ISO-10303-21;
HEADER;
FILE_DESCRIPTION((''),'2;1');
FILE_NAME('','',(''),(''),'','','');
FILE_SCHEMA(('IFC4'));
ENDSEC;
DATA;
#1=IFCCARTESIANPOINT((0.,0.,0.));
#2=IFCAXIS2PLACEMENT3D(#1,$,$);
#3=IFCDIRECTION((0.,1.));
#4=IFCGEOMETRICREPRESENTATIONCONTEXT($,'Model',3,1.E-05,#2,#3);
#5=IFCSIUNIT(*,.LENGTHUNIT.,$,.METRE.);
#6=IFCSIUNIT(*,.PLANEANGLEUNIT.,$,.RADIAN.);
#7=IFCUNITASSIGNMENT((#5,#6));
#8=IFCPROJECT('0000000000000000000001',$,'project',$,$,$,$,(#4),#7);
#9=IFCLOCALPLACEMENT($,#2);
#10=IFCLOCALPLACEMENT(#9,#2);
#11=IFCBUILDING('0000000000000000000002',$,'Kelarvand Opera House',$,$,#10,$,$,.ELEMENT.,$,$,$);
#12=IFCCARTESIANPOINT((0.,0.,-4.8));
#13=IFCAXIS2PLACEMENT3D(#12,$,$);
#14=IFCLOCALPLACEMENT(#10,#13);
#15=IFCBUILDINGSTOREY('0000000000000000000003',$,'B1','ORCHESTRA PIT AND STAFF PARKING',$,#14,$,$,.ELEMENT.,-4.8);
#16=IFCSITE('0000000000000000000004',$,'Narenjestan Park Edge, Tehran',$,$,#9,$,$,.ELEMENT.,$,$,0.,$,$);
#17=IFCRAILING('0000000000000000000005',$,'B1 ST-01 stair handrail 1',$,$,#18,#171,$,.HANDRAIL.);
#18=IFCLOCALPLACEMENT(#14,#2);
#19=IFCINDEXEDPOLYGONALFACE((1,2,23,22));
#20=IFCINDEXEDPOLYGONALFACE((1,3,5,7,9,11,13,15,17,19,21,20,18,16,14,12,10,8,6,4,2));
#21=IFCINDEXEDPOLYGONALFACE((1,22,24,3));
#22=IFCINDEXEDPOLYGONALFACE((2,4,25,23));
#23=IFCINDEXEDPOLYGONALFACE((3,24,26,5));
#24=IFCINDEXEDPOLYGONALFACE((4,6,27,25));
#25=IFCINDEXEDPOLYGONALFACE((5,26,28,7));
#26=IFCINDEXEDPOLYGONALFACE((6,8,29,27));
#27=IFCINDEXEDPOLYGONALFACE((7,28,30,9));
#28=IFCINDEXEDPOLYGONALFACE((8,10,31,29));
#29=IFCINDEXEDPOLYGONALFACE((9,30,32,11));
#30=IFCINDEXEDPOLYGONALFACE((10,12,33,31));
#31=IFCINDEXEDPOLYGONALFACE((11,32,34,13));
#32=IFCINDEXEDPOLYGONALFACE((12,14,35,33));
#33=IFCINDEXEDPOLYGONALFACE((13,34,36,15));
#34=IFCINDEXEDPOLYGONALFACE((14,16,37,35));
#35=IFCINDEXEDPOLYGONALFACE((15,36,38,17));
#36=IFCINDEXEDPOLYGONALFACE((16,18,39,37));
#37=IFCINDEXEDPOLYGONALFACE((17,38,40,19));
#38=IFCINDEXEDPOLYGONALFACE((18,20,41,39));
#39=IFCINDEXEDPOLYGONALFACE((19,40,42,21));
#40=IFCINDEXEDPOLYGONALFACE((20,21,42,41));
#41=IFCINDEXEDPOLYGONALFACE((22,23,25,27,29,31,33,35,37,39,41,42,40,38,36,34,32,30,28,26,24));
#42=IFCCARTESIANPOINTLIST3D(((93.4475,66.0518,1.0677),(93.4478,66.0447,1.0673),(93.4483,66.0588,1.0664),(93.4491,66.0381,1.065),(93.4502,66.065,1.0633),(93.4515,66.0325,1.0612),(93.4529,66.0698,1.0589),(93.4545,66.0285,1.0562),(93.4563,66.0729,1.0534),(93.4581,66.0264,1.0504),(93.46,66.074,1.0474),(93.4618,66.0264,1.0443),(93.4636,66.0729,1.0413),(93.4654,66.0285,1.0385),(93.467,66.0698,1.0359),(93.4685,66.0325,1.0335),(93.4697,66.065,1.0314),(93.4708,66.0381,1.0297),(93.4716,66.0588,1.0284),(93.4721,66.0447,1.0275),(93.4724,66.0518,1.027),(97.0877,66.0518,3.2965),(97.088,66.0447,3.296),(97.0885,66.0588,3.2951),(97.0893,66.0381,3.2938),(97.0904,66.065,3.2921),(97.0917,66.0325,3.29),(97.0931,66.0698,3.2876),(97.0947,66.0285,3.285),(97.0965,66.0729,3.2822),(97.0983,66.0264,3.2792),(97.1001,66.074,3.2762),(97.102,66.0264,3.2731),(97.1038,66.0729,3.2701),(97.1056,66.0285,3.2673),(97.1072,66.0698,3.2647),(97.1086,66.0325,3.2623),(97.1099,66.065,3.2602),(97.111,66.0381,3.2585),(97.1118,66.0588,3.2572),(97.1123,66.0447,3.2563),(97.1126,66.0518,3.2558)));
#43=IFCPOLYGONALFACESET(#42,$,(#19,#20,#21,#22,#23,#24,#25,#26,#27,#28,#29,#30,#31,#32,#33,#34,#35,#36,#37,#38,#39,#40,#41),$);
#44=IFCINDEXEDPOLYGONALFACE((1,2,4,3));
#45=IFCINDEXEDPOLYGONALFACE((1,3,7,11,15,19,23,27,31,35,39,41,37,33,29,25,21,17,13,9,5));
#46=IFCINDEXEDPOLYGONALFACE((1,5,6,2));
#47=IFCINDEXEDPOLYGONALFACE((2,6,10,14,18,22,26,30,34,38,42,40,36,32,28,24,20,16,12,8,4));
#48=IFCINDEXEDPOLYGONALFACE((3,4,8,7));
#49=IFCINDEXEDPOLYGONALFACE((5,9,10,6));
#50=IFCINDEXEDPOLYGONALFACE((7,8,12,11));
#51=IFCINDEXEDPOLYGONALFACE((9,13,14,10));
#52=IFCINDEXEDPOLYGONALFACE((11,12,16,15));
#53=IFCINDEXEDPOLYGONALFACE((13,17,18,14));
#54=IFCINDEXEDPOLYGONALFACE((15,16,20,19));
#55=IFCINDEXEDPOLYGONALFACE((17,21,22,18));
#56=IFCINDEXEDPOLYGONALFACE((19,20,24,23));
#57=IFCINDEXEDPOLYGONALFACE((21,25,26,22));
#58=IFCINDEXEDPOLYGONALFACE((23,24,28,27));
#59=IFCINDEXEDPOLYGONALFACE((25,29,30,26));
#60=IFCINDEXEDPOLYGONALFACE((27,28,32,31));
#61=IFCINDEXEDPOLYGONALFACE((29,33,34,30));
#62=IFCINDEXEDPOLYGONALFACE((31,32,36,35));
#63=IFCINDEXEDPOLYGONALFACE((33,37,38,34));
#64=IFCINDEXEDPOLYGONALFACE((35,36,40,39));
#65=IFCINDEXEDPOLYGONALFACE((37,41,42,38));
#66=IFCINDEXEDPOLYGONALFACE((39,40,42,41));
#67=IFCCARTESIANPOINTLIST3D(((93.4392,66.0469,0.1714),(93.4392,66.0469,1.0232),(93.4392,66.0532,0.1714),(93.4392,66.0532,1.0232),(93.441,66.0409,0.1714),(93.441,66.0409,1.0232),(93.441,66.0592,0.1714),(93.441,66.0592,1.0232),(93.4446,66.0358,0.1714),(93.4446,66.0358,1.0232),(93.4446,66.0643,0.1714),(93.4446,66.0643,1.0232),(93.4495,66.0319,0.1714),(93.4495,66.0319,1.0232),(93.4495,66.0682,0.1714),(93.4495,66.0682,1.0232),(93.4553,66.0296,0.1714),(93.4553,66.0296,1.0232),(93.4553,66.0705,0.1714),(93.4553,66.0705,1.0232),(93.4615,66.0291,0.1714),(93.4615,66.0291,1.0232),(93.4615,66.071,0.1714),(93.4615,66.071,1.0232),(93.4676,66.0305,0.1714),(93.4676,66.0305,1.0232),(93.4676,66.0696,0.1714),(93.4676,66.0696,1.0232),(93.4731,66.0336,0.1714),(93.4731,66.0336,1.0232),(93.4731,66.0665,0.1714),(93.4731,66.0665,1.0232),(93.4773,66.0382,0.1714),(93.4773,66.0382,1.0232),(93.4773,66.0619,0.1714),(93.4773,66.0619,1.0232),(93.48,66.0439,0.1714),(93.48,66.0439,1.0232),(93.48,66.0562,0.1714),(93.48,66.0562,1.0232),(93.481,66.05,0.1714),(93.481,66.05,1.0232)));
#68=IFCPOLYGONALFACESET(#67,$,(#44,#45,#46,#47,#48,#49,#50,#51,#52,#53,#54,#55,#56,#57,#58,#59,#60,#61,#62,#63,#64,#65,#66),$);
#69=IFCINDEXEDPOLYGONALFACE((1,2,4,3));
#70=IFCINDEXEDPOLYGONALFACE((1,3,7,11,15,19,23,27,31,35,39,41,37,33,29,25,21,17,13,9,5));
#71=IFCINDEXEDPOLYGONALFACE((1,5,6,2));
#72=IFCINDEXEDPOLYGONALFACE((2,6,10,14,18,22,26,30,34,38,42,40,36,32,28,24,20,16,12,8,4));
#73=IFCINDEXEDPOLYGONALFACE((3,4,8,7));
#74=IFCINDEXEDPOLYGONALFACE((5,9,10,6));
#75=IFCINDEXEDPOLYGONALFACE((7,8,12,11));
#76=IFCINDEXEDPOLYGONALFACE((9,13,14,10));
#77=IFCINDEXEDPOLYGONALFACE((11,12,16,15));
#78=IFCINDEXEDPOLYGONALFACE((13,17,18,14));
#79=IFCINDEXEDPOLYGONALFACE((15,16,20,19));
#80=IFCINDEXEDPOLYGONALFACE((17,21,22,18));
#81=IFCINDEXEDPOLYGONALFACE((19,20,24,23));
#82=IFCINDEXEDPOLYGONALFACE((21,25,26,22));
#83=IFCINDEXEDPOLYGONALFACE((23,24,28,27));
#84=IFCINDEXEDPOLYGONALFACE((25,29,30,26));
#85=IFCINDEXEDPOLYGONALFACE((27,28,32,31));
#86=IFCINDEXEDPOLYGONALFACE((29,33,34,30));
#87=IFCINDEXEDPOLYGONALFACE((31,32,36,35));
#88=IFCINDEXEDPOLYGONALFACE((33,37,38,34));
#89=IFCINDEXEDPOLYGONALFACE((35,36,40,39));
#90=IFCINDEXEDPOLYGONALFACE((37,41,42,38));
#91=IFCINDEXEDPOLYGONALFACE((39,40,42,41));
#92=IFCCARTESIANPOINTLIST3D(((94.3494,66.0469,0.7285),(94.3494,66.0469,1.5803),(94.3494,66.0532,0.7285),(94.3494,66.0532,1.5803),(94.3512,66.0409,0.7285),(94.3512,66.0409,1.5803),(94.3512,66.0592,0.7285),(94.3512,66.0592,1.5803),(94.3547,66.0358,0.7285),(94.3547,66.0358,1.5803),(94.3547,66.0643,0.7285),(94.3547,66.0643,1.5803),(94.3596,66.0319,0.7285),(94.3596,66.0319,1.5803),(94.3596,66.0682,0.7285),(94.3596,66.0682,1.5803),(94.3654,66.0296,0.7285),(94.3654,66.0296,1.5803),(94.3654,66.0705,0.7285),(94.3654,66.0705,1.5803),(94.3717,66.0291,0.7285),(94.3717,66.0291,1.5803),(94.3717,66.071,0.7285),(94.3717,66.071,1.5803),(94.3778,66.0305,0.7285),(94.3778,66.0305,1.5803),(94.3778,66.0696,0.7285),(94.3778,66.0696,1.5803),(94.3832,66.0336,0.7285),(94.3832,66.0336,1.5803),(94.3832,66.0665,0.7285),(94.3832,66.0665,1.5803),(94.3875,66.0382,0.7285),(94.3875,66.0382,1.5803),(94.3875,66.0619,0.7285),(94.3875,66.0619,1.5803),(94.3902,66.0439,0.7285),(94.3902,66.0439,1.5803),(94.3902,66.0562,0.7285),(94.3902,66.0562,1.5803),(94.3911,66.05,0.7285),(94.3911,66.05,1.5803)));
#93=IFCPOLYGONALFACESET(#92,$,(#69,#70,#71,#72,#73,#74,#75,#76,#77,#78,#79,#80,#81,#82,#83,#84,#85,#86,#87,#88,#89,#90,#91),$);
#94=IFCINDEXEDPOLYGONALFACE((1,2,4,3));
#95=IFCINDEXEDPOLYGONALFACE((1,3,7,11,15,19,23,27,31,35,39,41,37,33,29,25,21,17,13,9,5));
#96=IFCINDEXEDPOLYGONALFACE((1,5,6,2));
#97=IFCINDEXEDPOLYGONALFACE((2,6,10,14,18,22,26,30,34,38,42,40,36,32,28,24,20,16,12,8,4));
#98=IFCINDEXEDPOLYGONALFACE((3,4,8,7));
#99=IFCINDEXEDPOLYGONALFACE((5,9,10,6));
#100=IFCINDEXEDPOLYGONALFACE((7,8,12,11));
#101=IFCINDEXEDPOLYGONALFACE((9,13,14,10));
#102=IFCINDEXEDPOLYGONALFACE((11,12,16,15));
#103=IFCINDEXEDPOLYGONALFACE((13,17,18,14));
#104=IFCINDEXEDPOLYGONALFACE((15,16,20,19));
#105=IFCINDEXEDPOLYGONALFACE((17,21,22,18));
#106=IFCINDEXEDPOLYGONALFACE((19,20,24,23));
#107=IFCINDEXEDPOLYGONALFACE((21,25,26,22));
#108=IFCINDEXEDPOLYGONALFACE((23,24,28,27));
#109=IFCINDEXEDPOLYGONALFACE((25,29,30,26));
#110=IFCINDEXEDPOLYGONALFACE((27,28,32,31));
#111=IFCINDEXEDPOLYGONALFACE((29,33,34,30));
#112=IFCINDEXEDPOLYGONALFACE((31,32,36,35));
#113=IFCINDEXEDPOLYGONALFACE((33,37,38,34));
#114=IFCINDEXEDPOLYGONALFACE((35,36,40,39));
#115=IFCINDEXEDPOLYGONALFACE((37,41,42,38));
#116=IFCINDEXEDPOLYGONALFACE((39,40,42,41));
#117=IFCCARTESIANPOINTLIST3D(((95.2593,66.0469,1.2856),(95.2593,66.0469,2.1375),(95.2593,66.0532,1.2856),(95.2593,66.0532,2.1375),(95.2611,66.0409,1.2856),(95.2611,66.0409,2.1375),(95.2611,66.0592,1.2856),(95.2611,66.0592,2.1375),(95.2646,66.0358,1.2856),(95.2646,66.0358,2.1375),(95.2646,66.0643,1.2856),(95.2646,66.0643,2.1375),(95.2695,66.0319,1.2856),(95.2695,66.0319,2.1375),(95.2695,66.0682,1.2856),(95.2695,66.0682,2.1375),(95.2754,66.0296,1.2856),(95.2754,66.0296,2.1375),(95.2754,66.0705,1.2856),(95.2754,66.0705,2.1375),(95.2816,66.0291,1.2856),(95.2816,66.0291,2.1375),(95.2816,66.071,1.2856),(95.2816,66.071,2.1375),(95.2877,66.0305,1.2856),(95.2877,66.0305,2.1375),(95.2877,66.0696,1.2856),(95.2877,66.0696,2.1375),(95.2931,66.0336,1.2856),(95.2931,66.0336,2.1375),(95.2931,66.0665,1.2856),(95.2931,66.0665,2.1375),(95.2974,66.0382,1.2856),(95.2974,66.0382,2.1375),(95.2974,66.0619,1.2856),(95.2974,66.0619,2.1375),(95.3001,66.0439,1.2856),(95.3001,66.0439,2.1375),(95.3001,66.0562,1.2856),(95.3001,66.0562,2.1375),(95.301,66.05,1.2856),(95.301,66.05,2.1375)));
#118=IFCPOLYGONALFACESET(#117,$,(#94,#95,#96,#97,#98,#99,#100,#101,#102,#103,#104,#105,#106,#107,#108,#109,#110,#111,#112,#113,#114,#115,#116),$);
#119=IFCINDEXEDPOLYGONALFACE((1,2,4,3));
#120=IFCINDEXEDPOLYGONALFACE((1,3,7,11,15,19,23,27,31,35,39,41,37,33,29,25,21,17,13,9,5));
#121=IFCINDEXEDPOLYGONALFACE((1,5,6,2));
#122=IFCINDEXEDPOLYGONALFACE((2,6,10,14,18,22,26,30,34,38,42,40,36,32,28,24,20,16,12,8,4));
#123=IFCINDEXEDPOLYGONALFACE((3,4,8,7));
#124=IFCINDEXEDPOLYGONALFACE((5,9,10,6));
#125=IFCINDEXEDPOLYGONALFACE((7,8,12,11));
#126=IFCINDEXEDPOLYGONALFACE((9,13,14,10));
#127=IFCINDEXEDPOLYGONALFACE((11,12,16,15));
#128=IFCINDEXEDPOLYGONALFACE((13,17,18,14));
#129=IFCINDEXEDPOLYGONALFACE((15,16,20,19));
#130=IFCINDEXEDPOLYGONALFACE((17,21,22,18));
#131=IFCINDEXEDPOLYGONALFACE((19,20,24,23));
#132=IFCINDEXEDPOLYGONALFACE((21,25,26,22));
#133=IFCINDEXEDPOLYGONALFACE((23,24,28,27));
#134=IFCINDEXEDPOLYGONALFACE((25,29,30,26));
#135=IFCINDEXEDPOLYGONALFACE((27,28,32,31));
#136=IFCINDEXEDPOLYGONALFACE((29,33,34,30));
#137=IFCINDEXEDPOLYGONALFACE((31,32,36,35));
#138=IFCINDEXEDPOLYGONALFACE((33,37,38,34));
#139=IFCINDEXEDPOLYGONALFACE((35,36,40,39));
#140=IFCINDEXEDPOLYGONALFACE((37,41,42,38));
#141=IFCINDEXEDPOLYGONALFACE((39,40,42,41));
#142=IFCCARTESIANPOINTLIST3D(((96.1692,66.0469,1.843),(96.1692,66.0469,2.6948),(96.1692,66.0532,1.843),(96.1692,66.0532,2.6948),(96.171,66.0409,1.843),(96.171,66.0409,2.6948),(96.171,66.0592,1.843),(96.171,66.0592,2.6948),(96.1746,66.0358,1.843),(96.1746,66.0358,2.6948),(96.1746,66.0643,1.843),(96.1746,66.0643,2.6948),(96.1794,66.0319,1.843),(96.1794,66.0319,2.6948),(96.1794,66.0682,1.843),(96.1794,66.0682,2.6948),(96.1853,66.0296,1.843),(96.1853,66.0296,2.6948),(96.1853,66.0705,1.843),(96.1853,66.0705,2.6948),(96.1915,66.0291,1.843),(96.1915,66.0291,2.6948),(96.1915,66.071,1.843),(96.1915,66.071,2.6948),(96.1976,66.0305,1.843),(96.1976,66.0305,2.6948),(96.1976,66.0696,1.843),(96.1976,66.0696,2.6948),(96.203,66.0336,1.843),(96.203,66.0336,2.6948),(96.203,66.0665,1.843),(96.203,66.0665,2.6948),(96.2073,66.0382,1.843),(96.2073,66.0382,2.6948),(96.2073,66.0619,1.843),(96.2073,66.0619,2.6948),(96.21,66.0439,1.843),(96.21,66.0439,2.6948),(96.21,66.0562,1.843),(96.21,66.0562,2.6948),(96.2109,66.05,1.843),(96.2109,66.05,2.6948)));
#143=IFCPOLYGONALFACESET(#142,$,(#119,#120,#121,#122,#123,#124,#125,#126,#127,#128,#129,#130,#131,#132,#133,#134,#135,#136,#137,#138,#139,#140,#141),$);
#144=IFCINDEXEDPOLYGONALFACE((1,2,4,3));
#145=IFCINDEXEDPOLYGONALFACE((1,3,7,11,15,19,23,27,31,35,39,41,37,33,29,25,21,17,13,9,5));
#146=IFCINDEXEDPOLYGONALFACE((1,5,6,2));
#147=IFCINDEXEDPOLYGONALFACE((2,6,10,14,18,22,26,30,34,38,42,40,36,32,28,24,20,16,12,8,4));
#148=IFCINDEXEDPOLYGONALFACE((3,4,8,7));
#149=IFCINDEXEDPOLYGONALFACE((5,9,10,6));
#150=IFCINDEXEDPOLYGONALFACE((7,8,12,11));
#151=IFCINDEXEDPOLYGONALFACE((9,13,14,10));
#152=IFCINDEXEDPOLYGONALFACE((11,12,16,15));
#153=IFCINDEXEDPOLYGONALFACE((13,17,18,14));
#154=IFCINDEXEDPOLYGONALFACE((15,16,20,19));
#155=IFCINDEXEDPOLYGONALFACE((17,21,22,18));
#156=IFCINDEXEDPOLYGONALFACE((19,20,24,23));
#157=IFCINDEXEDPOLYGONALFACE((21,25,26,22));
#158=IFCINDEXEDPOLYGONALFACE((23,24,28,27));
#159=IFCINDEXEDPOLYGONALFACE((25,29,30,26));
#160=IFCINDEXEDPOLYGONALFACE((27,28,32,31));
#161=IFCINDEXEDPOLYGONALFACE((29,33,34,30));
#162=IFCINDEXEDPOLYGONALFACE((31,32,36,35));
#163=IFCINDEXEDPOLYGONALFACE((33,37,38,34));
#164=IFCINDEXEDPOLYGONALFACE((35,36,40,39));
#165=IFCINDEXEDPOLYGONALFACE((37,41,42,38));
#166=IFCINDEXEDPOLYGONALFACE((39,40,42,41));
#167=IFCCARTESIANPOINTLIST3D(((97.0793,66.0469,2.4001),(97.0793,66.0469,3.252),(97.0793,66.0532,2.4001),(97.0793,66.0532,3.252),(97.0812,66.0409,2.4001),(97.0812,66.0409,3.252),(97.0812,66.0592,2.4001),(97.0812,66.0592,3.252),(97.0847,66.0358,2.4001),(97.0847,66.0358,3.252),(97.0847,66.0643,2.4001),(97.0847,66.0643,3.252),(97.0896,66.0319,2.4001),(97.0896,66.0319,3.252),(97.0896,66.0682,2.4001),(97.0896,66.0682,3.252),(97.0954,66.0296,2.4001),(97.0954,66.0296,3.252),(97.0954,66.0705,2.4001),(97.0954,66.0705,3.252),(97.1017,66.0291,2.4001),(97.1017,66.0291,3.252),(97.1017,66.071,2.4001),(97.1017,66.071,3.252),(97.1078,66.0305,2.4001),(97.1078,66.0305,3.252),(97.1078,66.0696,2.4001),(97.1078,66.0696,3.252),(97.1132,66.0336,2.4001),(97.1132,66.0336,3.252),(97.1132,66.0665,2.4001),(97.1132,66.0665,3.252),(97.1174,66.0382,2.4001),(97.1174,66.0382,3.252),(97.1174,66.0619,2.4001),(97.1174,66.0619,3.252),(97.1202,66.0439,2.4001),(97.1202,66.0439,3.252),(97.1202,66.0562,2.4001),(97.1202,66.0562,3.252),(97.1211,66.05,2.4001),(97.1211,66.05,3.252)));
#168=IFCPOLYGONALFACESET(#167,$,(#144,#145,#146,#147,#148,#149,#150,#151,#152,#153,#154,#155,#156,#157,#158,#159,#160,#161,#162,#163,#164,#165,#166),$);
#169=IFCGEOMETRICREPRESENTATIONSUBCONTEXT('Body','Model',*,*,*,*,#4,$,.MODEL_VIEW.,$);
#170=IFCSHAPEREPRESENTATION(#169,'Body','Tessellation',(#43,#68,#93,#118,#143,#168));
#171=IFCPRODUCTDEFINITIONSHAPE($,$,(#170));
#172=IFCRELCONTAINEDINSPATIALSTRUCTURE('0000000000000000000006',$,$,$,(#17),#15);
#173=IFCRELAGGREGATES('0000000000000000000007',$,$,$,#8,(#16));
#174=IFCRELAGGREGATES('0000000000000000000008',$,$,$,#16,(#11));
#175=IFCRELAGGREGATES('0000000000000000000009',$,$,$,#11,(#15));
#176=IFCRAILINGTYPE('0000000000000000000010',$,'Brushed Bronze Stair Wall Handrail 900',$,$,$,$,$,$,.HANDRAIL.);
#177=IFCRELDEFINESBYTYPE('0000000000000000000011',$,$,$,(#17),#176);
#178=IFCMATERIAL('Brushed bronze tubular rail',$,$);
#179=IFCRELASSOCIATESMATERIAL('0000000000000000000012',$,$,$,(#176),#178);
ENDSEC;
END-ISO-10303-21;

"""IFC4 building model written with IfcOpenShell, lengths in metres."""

from ifc_helpers import new_model, si_unit, direction, frame, origin, origin_2d, place, context, subcontext, project, spatial, circle, extrude, material, type_object, element, save


model = new_model("IFC4")

# Units and contexts
model_context = context("Model", 3, precision=1e-05, world=origin(), true_north=direction((0.0, 1.0)))
body_context = subcontext(model_context, "Body", "Model", "MODEL_VIEW")
ifc_project = project(units=[si_unit("LENGTHUNIT", "METRE"), si_unit("PLANEANGLEUNIT", "RADIAN")], contexts=[model_context])

# Site, building, storey
site_placement = place(None, origin())
site = spatial("IfcSite", under=ifc_project, at=site_placement, Name="Narenjestan Park Edge, Tehran", CompositionType="ELEMENT", RefElevation=0.0)
building_placement = place(site_placement, origin())
building = spatial("IfcBuilding", under=site, at=building_placement, Name="Kelarvand Opera House", CompositionType="ELEMENT")
storey_placement = place(building_placement, frame((0.0, 0.0, -4.8)))
storey = spatial("IfcBuildingStorey", under=building, at=storey_placement, Name="B1", Description="ORCHESTRA PIT AND STAFF PARKING", CompositionType="ELEMENT", Elevation=-4.8)

# Railing
ifc_material_1 = material(Name="Brushed bronze tubular rail")
railing_type_1 = type_object("IfcRailingType", Name="Brushed Bronze Stair Wall Handrail 900", PredefinedType="HANDRAIL", material=ifc_material_1)
railing_1_placement = place(storey_placement, frame((93.46, 66.05, 0.1714)))
element("IfcRailing", 1, at=railing_1_placement, inside=storey, type_object=railing_type_1, Name="B1 ST-01 stair handrail 1", PredefinedType="HANDRAIL", context=body_context, shape_type="SweptSolid", body=[
    extrude(circle(Radius=0.0239, at=origin_2d()), frame((0.0, 0.0, 0.876), z_axis=(0.85284, 0.0, 0.522172), x_axis=(0.0, 1.0, 0.0)), (0.0, 0.0, 1.0), 4.2683),
    extrude(circle(Radius=0.021, at=origin_2d()), origin(), (0.0, 0.0, 1.0), 0.8518),
    extrude(circle(Radius=0.021, at=origin_2d()), frame((0.9102, 0.0, 0.5571)), (0.0, 0.0, 1.0), 0.8518),
    extrude(circle(Radius=0.021, at=origin_2d()), frame((1.8201, 0.0, 1.1143)), (0.0, 0.0, 1.0), 0.8518),
    extrude(circle(Radius=0.021, at=origin_2d()), frame((2.73, 0.0, 1.6716)), (0.0, 0.0, 1.0), 0.8518),
    extrude(circle(Radius=0.021, at=origin_2d()), frame((3.6401, 0.0, 2.2288)), (0.0, 0.0, 1.0), 0.8518),
])

save(model, "model.ifc")
